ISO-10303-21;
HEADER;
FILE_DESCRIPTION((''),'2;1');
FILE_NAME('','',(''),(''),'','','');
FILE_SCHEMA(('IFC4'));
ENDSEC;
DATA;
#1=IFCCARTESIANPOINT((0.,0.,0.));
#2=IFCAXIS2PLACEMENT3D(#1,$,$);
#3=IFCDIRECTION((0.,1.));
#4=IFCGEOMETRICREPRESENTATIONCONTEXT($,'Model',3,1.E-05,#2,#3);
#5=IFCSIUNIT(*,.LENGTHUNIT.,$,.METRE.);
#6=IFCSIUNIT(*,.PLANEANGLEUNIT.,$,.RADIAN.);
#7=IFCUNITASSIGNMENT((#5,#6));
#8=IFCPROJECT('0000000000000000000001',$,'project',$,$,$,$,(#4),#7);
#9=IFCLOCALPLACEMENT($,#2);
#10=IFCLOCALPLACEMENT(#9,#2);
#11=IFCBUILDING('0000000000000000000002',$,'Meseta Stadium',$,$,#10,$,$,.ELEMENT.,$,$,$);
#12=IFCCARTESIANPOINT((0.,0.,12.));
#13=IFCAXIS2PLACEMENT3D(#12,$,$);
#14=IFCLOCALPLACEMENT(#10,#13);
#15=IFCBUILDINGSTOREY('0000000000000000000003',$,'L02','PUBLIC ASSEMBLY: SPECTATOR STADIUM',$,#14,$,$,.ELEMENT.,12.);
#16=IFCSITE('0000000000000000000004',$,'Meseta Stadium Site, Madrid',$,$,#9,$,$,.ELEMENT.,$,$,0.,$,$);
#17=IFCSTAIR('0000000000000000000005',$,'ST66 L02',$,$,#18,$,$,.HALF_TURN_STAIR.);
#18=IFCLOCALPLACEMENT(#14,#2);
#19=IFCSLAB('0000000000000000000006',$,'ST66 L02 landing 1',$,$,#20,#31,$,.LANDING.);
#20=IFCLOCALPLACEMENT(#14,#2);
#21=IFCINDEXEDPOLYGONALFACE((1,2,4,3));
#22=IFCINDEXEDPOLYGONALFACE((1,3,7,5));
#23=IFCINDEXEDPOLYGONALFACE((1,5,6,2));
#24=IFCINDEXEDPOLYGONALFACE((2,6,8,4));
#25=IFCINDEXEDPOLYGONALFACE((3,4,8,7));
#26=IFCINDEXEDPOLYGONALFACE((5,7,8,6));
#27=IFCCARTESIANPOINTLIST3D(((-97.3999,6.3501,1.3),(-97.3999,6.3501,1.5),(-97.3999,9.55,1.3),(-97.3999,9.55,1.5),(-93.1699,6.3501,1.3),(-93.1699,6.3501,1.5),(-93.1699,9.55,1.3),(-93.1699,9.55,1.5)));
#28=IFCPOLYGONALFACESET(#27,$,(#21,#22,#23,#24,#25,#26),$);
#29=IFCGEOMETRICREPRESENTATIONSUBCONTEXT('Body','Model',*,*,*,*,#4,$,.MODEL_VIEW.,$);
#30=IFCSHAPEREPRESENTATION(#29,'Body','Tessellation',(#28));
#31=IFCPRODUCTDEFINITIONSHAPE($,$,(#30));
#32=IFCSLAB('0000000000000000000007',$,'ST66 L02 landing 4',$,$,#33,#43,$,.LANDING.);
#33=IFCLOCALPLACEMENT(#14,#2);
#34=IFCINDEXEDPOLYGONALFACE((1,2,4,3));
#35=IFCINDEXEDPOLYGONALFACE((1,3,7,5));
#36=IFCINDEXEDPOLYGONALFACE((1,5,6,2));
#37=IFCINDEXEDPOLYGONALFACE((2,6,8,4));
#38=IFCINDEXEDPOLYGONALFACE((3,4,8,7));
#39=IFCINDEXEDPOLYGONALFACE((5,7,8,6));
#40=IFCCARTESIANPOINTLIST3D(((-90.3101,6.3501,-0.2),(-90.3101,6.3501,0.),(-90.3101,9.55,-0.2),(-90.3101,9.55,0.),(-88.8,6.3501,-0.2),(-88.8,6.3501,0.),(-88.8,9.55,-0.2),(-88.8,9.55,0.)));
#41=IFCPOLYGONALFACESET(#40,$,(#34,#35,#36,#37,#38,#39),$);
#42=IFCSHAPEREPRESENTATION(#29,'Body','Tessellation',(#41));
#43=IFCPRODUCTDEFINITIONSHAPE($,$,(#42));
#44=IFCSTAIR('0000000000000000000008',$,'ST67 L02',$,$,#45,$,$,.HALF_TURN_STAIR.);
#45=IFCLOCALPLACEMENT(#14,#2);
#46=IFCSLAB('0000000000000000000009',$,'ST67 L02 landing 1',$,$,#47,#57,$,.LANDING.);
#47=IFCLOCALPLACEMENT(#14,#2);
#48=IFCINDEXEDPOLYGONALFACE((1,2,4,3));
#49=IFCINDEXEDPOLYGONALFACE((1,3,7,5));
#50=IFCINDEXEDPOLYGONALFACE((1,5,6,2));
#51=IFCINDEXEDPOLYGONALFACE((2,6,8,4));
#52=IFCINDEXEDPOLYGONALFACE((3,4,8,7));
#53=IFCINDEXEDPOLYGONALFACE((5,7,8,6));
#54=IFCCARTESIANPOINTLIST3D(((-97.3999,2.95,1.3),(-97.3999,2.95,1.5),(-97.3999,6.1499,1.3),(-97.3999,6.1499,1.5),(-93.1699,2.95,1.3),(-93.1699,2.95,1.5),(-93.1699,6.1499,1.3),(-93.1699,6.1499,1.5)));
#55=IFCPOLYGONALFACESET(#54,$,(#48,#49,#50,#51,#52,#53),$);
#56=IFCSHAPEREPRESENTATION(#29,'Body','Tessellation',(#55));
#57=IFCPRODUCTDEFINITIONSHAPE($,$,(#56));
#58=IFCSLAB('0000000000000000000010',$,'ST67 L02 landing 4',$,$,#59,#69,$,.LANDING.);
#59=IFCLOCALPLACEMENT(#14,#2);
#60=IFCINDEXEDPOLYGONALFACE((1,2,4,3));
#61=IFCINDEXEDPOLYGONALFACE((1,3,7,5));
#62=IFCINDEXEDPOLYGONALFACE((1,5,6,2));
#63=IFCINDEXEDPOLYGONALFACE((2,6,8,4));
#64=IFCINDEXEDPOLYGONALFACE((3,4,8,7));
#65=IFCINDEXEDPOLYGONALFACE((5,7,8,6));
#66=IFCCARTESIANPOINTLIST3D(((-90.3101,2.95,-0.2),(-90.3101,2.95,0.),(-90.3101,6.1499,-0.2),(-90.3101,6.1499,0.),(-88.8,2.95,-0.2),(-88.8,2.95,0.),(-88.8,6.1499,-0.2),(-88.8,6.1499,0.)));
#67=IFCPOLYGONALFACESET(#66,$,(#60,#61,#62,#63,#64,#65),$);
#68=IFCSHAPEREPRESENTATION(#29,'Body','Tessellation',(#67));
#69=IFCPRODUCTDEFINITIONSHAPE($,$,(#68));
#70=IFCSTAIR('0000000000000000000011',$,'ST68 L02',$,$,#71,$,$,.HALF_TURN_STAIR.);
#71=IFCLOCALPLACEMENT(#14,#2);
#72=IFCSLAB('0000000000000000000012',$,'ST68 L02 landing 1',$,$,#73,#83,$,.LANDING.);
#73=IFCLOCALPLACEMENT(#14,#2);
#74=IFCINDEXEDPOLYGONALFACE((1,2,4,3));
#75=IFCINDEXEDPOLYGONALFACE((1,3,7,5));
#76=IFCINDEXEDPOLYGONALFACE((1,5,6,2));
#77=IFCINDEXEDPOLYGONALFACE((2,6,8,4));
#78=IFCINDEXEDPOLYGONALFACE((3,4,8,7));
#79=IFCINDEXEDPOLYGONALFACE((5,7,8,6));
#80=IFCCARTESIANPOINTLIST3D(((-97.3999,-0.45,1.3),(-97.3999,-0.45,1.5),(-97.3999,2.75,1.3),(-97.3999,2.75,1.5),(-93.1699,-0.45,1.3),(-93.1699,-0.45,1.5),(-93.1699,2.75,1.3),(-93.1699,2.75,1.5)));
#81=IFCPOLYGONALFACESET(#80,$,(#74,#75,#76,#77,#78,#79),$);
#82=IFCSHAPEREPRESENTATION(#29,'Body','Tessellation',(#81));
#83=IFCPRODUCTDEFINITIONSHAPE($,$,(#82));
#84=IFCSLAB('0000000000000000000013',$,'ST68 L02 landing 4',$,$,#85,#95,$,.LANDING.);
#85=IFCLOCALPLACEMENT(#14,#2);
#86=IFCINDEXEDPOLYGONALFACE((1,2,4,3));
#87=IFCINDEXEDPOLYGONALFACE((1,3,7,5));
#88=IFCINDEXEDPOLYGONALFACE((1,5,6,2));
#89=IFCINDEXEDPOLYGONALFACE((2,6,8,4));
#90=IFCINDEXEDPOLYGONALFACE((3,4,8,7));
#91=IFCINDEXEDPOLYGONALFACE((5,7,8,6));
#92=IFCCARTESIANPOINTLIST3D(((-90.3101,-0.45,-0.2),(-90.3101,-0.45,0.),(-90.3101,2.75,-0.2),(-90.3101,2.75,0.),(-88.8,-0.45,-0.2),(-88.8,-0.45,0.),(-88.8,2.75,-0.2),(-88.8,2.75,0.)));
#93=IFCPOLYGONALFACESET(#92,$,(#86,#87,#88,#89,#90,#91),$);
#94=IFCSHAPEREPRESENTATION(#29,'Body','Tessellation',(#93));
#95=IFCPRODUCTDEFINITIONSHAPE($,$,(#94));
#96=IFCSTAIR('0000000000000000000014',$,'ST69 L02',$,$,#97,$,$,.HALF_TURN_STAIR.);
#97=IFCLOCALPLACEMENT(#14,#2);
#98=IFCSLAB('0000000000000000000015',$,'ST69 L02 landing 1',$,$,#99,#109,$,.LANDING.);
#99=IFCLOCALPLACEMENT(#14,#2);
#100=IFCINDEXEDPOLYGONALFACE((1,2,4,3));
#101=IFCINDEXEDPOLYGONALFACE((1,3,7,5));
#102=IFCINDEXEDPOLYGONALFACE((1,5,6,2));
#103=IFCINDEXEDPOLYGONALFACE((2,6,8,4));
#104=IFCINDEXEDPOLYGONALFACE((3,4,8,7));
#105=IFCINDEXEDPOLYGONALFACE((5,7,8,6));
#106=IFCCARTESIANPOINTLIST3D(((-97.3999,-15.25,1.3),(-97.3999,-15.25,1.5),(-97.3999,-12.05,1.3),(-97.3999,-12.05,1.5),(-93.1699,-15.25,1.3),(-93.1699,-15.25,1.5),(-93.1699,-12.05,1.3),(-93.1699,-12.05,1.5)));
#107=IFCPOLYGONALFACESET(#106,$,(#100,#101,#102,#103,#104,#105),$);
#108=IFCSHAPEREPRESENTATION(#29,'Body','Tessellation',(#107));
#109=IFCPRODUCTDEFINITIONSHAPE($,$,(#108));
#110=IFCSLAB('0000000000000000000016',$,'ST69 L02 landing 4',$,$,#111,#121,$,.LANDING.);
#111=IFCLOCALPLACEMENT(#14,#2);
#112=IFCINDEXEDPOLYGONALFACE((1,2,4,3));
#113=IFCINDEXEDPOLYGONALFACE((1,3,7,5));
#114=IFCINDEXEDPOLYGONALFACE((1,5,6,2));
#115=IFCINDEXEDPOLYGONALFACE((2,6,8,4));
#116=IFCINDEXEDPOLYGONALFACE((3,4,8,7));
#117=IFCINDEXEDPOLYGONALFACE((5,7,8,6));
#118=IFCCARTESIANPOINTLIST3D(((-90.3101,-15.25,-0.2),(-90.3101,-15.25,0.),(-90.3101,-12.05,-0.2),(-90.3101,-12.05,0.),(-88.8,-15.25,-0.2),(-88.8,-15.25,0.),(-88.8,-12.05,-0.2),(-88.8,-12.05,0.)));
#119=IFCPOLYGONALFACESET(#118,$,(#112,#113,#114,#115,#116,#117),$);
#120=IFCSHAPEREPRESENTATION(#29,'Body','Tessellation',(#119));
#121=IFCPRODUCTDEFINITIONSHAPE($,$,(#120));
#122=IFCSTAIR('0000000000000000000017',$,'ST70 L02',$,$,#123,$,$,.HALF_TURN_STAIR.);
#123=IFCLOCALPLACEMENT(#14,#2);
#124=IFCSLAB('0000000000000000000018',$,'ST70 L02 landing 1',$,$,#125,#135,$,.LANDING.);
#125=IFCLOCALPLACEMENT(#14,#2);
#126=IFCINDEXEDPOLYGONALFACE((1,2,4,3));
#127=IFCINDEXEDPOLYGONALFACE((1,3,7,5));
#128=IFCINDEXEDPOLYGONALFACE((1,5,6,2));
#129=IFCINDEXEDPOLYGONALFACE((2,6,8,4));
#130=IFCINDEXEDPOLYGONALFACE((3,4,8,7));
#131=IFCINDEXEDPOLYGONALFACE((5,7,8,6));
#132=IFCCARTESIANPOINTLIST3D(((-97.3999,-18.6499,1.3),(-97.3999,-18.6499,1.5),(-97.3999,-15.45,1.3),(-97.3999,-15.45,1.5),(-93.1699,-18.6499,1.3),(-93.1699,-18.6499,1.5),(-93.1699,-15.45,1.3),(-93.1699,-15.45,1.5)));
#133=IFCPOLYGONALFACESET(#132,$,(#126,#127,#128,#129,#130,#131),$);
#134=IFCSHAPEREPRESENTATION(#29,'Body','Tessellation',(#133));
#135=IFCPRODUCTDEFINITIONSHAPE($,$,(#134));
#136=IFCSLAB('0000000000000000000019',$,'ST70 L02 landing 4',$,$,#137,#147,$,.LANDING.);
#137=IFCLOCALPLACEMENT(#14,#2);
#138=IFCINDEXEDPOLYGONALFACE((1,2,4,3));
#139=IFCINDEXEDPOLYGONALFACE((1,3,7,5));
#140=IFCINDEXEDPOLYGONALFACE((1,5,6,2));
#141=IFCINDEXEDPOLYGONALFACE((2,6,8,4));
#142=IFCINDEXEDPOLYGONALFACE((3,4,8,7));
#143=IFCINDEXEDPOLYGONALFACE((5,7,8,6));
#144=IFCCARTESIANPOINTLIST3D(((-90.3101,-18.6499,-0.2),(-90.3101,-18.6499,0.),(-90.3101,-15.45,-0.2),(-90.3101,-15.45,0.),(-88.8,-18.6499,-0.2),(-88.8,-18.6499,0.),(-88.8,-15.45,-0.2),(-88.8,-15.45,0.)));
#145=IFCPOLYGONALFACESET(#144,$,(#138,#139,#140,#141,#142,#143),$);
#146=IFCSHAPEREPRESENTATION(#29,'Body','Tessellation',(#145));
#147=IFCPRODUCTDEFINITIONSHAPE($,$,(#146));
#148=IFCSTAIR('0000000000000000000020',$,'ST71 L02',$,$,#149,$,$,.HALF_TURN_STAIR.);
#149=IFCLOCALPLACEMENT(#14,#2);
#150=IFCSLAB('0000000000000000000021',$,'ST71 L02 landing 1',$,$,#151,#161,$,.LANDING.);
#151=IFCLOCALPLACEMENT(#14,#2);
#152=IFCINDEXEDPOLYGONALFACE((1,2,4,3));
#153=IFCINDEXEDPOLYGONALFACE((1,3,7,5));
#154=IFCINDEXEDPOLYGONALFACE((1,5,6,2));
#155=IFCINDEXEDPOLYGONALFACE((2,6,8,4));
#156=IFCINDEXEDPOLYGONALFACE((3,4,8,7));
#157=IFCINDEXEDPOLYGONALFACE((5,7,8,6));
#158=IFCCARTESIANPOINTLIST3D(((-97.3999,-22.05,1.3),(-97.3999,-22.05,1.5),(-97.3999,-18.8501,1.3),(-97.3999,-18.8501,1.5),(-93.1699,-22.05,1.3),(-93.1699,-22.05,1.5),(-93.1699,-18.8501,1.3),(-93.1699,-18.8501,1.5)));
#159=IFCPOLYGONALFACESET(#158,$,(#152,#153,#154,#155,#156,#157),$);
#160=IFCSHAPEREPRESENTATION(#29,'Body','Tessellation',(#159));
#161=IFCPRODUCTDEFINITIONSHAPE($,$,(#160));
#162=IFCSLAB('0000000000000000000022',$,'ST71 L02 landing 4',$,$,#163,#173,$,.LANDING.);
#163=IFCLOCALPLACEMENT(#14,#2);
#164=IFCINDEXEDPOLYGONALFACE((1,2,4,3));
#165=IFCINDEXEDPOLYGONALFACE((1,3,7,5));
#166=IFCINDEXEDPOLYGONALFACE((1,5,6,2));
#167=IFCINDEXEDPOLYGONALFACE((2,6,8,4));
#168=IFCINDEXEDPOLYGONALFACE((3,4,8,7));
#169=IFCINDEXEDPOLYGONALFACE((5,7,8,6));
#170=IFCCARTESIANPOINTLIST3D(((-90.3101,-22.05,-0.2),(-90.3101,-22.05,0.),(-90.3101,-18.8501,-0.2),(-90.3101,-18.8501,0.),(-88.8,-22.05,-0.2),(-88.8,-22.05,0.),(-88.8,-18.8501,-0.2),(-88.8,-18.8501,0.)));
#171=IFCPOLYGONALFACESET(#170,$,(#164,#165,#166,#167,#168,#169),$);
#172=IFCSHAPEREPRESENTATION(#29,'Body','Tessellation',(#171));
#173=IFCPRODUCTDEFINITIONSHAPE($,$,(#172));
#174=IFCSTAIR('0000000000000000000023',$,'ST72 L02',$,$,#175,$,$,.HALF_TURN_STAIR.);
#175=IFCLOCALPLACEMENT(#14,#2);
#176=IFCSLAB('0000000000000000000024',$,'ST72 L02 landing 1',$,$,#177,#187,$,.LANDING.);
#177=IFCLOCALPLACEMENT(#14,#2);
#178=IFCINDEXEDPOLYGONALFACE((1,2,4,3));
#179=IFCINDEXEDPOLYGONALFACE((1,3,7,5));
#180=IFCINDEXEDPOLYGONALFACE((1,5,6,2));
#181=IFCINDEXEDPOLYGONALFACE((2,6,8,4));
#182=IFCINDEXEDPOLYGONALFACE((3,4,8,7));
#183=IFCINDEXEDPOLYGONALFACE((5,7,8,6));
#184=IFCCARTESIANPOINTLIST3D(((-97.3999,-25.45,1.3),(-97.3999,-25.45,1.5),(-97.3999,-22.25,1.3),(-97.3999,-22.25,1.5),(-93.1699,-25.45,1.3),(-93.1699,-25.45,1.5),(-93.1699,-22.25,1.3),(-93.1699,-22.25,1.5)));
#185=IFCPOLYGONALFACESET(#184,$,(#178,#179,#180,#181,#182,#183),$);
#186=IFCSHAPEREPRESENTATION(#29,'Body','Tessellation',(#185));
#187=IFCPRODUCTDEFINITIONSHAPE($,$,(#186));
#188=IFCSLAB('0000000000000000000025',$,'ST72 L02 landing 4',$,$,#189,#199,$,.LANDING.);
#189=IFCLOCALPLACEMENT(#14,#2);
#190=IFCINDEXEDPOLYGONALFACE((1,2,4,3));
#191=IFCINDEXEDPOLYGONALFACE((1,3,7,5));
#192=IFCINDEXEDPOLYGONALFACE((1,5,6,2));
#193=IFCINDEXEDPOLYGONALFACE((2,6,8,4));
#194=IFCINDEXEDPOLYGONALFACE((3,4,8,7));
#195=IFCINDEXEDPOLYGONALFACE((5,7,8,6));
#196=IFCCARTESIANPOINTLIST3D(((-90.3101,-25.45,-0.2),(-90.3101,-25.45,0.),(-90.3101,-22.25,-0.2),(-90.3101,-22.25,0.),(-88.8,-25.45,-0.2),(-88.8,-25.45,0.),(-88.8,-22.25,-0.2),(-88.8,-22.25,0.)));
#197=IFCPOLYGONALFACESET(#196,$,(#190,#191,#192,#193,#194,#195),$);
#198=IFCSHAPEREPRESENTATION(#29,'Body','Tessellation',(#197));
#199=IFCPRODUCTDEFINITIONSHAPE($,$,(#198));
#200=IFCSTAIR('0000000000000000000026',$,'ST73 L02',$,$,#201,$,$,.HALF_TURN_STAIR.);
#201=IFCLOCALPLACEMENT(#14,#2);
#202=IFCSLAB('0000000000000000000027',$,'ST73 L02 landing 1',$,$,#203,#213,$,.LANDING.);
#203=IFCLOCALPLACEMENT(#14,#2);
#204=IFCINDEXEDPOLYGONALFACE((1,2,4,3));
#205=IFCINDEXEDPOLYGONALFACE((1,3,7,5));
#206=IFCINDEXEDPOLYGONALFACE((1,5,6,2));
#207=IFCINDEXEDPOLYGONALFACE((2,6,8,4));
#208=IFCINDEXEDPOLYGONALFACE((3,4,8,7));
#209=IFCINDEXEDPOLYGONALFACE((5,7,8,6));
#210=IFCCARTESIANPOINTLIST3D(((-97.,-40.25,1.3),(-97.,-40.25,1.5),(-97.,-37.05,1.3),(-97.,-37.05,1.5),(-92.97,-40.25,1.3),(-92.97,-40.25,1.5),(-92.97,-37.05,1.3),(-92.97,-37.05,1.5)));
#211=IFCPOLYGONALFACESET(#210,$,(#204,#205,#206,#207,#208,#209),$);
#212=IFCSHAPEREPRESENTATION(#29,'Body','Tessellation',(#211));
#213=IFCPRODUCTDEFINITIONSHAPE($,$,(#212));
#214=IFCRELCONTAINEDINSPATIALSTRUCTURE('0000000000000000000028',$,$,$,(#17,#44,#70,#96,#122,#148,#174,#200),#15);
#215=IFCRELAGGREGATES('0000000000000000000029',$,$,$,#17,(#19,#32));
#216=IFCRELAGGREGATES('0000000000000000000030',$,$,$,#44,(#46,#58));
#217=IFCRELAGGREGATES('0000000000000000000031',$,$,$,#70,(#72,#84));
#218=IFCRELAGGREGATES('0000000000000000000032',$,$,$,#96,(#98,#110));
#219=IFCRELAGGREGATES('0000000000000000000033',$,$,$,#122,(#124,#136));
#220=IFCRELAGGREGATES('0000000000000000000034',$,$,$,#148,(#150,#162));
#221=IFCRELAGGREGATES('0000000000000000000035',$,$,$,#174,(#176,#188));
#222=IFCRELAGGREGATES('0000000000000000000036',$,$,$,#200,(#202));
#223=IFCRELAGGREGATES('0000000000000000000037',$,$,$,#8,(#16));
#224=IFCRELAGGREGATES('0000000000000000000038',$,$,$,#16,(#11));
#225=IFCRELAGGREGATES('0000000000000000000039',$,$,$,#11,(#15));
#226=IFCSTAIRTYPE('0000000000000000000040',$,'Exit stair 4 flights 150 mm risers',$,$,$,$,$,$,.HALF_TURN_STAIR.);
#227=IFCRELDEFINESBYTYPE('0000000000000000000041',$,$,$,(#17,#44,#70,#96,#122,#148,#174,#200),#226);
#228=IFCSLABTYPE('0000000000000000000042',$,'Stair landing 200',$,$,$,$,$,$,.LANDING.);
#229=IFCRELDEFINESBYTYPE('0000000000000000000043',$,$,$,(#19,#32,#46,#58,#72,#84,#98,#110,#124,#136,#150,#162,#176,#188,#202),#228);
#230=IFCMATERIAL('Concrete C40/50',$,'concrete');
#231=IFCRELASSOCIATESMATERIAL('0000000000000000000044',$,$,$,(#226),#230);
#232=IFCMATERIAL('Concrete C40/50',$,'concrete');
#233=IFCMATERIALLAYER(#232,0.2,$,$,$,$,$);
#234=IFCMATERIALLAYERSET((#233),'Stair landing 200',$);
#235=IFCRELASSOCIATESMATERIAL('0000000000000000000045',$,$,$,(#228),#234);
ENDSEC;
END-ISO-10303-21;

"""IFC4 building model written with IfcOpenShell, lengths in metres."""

from ifc_helpers import new_model, si_unit, direction, frame, origin, place, context, subcontext, project, spatial, polyline, outline, extrude, material, layer, layer_set, type_object, element, aggregate, save


model = new_model("IFC4")

# Units and contexts
model_context = context("Model", 3, precision=1e-05, world=origin(), true_north=direction((0.0, 1.0)))
body_context = subcontext(model_context, "Body", "Model", "MODEL_VIEW")
ifc_project = project(units=[si_unit("LENGTHUNIT", "METRE"), si_unit("PLANEANGLEUNIT", "RADIAN")], contexts=[model_context])

# Site, building, storey
site_placement = place(None, origin())
site = spatial("IfcSite", under=ifc_project, at=site_placement, Name="Meseta Stadium Site, Madrid", CompositionType="ELEMENT", RefElevation=0.0)
building_placement = place(site_placement, origin())
building = spatial("IfcBuilding", under=site, at=building_placement, Name="Meseta Stadium", CompositionType="ELEMENT")
storey_placement = place(building_placement, frame((0.0, 0.0, 12.0)))
storey = spatial("IfcBuildingStorey", under=building, at=storey_placement, Name="L02", Description="PUBLIC ASSEMBLY: SPECTATOR STADIUM", CompositionType="ELEMENT", Elevation=12.0)

# Stairs, slabs
ifc_material_1 = material(Name="Concrete C40/50", Category="concrete")
stair_type = type_object("IfcStairType", Name="Exit stair 4 flights 150 mm risers", PredefinedType="HALF_TURN_STAIR", material=ifc_material_1)
stair_1_placement = place(storey_placement, origin())
stair_1 = element("IfcStair", 1, at=stair_1_placement, inside=storey, type_object=stair_type, Name="ST66 L02", PredefinedType="HALF_TURN_STAIR")
ifc_material_2 = material(Name="Concrete C40/50", Category="concrete")
ifc_layer = layer(ifc_material_2, 0.2)
ifc_layer_set = layer_set([ifc_layer], Name="Stair landing 200")
slab_type = type_object("IfcSlabType", Name="Stair landing 200", PredefinedType="LANDING", material=ifc_layer_set)
slab_1_placement = place(storey_placement, frame((0.0, 0.0, 1.3)))
slab_1 = element("IfcSlab", 2, at=slab_1_placement, type_object=slab_type, Name="ST66 L02 landing 1", PredefinedType="LANDING", context=body_context, shape_type="SweptSolid", body=[
    extrude(outline(polyline([(-93.1699, 9.55), (-97.3999, 9.55), (-97.3999, 6.3501), (-93.1699, 6.3501), (-93.1699, 9.55)])), origin(), (0.0, 0.0, 1.0), 0.2),
])
slab_2_placement = place(storey_placement, frame((0.0, 0.0, -0.2)))
slab_2 = element("IfcSlab", 3, at=slab_2_placement, type_object=slab_type, Name="ST66 L02 landing 4", PredefinedType="LANDING", context=body_context, shape_type="SweptSolid", body=[
    extrude(outline(polyline([(-88.8, 9.55), (-90.3101, 9.55), (-90.3101, 6.3501), (-88.8, 6.3501), (-88.8, 9.55)])), origin(), (0.0, 0.0, 1.0), 0.2),
])
aggregate(stair_1, [slab_1, slab_2])
stair_2_placement = place(storey_placement, origin())
stair_2 = element("IfcStair", 4, at=stair_2_placement, inside=storey, type_object=stair_type, Name="ST67 L02", PredefinedType="HALF_TURN_STAIR")
slab_3_placement = place(storey_placement, frame((0.0, 0.0, 1.3)))
slab_3 = element("IfcSlab", 5, at=slab_3_placement, type_object=slab_type, Name="ST67 L02 landing 1", PredefinedType="LANDING", context=body_context, shape_type="SweptSolid", body=[
    extrude(outline(polyline([(-93.1699, 6.1499), (-97.3999, 6.1499), (-97.3999, 2.95), (-93.1699, 2.95), (-93.1699, 6.1499)])), origin(), (0.0, 0.0, 1.0), 0.2),
])
slab_4_placement = place(storey_placement, frame((0.0, 0.0, -0.2)))
slab_4 = element("IfcSlab", 6, at=slab_4_placement, type_object=slab_type, Name="ST67 L02 landing 4", PredefinedType="LANDING", context=body_context, shape_type="SweptSolid", body=[
    extrude(outline(polyline([(-88.8, 6.1499), (-90.3101, 6.1499), (-90.3101, 2.95), (-88.8, 2.95), (-88.8, 6.1499)])), origin(), (0.0, 0.0, 1.0), 0.2),
])
aggregate(stair_2, [slab_3, slab_4])
stair_3_placement = place(storey_placement, origin())
stair_3 = element("IfcStair", 7, at=stair_3_placement, inside=storey, type_object=stair_type, Name="ST68 L02", PredefinedType="HALF_TURN_STAIR")
slab_5_placement = place(storey_placement, frame((0.0, 0.0, 1.3)))
slab_5 = element("IfcSlab", 8, at=slab_5_placement, type_object=slab_type, Name="ST68 L02 landing 1", PredefinedType="LANDING", context=body_context, shape_type="SweptSolid", body=[
    extrude(outline(polyline([(-93.1699, 2.75), (-97.3999, 2.75), (-97.3999, -0.45), (-93.1699, -0.45), (-93.1699, 2.75)])), origin(), (0.0, 0.0, 1.0), 0.2),
])
slab_6_placement = place(storey_placement, frame((0.0, 0.0, -0.2)))
slab_6 = element("IfcSlab", 9, at=slab_6_placement, type_object=slab_type, Name="ST68 L02 landing 4", PredefinedType="LANDING", context=body_context, shape_type="SweptSolid", body=[
    extrude(outline(polyline([(-88.8, 2.75), (-90.3101, 2.75), (-90.3101, -0.45), (-88.8, -0.45), (-88.8, 2.75)])), origin(), (0.0, 0.0, 1.0), 0.2),
])
aggregate(stair_3, [slab_5, slab_6])
stair_4_placement = place(storey_placement, origin())
stair_4 = element("IfcStair", 10, at=stair_4_placement, inside=storey, type_object=stair_type, Name="ST69 L02", PredefinedType="HALF_TURN_STAIR")
slab_7_placement = place(storey_placement, frame((0.0, 0.0, 1.3)))
slab_7 = element("IfcSlab", 11, at=slab_7_placement, type_object=slab_type, Name="ST69 L02 landing 1", PredefinedType="LANDING", context=body_context, shape_type="SweptSolid", body=[
    extrude(outline(polyline([(-93.1699, -12.05), (-97.3999, -12.05), (-97.3999, -15.25), (-93.1699, -15.25), (-93.1699, -12.05)])), origin(), (0.0, 0.0, 1.0), 0.2),
])
slab_8_placement = place(storey_placement, frame((0.0, 0.0, -0.2)))
slab_8 = element("IfcSlab", 12, at=slab_8_placement, type_object=slab_type, Name="ST69 L02 landing 4", PredefinedType="LANDING", context=body_context, shape_type="SweptSolid", body=[
    extrude(outline(polyline([(-88.8, -12.05), (-90.3101, -12.05), (-90.3101, -15.25), (-88.8, -15.25), (-88.8, -12.05)])), origin(), (0.0, 0.0, 1.0), 0.2),
])
aggregate(stair_4, [slab_7, slab_8])
stair_5_placement = place(storey_placement, origin())
stair_5 = element("IfcStair", 13, at=stair_5_placement, inside=storey, type_object=stair_type, Name="ST70 L02", PredefinedType="HALF_TURN_STAIR")
slab_9_placement = place(storey_placement, frame((0.0, 0.0, 1.3)))
slab_9 = element("IfcSlab", 14, at=slab_9_placement, type_object=slab_type, Name="ST70 L02 landing 1", PredefinedType="LANDING", context=body_context, shape_type="SweptSolid", body=[
    extrude(outline(polyline([(-93.1699, -15.45), (-97.3999, -15.45), (-97.3999, -18.6499), (-93.1699, -18.6499), (-93.1699, -15.45)])), origin(), (0.0, 0.0, 1.0), 0.2),
])
slab_10_placement = place(storey_placement, frame((0.0, 0.0, -0.2)))
slab_10 = element("IfcSlab", 15, at=slab_10_placement, type_object=slab_type, Name="ST70 L02 landing 4", PredefinedType="LANDING", context=body_context, shape_type="SweptSolid", body=[
    extrude(outline(polyline([(-88.8, -15.45), (-90.3101, -15.45), (-90.3101, -18.6499), (-88.8, -18.6499), (-88.8, -15.45)])), origin(), (0.0, 0.0, 1.0), 0.2),
])
aggregate(stair_5, [slab_9, slab_10])
stair_6_placement = place(storey_placement, origin())
stair_6 = element("IfcStair", 16, at=stair_6_placement, inside=storey, type_object=stair_type, Name="ST71 L02", PredefinedType="HALF_TURN_STAIR")
slab_11_placement = place(storey_placement, frame((0.0, 0.0, 1.3)))
slab_11 = element("IfcSlab", 17, at=slab_11_placement, type_object=slab_type, Name="ST71 L02 landing 1", PredefinedType="LANDING", context=body_context, shape_type="SweptSolid", body=[
    extrude(outline(polyline([(-93.1699, -18.8501), (-97.3999, -18.8501), (-97.3999, -22.05), (-93.1699, -22.05), (-93.1699, -18.8501)])), origin(), (0.0, 0.0, 1.0), 0.2),
])
slab_12_placement = place(storey_placement, frame((0.0, 0.0, -0.2)))
slab_12 = element("IfcSlab", 18, at=slab_12_placement, type_object=slab_type, Name="ST71 L02 landing 4", PredefinedType="LANDING", context=body_context, shape_type="SweptSolid", body=[
    extrude(outline(polyline([(-88.8, -18.8501), (-90.3101, -18.8501), (-90.3101, -22.05), (-88.8, -22.05), (-88.8, -18.8501)])), origin(), (0.0, 0.0, 1.0), 0.2),
])
aggregate(stair_6, [slab_11, slab_12])
stair_7_placement = place(storey_placement, origin())
stair_7 = element("IfcStair", 19, at=stair_7_placement, inside=storey, type_object=stair_type, Name="ST72 L02", PredefinedType="HALF_TURN_STAIR")
slab_13_placement = place(storey_placement, frame((0.0, 0.0, 1.3)))
slab_13 = element("IfcSlab", 20, at=slab_13_placement, type_object=slab_type, Name="ST72 L02 landing 1", PredefinedType="LANDING", context=body_context, shape_type="SweptSolid", body=[
    extrude(outline(polyline([(-93.1699, -22.25), (-97.3999, -22.25), (-97.3999, -25.45), (-93.1699, -25.45), (-93.1699, -22.25)])), origin(), (0.0, 0.0, 1.0), 0.2),
])
slab_14_placement = place(storey_placement, frame((0.0, 0.0, -0.2)))
slab_14 = element("IfcSlab", 21, at=slab_14_placement, type_object=slab_type, Name="ST72 L02 landing 4", PredefinedType="LANDING", context=body_context, shape_type="SweptSolid", body=[
    extrude(outline(polyline([(-88.8, -22.25), (-90.3101, -22.25), (-90.3101, -25.45), (-88.8, -25.45), (-88.8, -22.25)])), origin(), (0.0, 0.0, 1.0), 0.2),
])
aggregate(stair_7, [slab_13, slab_14])
stair_8_placement = place(storey_placement, origin())
stair_8 = element("IfcStair", 22, at=stair_8_placement, inside=storey, type_object=stair_type, Name="ST73 L02", PredefinedType="HALF_TURN_STAIR")
slab_15_placement = place(storey_placement, frame((0.0, 0.0, 1.3)))
slab_15 = element("IfcSlab", 23, at=slab_15_placement, type_object=slab_type, Name="ST73 L02 landing 1", PredefinedType="LANDING", context=body_context, shape_type="SweptSolid", body=[
    extrude(outline(polyline([(-92.97, -37.05), (-97.0, -37.05), (-97.0, -40.25), (-92.97, -40.25), (-92.97, -37.05)])), origin(), (0.0, 0.0, 1.0), 0.2),
])
aggregate(stair_8, [slab_15])

save(model, "model.ifc")
